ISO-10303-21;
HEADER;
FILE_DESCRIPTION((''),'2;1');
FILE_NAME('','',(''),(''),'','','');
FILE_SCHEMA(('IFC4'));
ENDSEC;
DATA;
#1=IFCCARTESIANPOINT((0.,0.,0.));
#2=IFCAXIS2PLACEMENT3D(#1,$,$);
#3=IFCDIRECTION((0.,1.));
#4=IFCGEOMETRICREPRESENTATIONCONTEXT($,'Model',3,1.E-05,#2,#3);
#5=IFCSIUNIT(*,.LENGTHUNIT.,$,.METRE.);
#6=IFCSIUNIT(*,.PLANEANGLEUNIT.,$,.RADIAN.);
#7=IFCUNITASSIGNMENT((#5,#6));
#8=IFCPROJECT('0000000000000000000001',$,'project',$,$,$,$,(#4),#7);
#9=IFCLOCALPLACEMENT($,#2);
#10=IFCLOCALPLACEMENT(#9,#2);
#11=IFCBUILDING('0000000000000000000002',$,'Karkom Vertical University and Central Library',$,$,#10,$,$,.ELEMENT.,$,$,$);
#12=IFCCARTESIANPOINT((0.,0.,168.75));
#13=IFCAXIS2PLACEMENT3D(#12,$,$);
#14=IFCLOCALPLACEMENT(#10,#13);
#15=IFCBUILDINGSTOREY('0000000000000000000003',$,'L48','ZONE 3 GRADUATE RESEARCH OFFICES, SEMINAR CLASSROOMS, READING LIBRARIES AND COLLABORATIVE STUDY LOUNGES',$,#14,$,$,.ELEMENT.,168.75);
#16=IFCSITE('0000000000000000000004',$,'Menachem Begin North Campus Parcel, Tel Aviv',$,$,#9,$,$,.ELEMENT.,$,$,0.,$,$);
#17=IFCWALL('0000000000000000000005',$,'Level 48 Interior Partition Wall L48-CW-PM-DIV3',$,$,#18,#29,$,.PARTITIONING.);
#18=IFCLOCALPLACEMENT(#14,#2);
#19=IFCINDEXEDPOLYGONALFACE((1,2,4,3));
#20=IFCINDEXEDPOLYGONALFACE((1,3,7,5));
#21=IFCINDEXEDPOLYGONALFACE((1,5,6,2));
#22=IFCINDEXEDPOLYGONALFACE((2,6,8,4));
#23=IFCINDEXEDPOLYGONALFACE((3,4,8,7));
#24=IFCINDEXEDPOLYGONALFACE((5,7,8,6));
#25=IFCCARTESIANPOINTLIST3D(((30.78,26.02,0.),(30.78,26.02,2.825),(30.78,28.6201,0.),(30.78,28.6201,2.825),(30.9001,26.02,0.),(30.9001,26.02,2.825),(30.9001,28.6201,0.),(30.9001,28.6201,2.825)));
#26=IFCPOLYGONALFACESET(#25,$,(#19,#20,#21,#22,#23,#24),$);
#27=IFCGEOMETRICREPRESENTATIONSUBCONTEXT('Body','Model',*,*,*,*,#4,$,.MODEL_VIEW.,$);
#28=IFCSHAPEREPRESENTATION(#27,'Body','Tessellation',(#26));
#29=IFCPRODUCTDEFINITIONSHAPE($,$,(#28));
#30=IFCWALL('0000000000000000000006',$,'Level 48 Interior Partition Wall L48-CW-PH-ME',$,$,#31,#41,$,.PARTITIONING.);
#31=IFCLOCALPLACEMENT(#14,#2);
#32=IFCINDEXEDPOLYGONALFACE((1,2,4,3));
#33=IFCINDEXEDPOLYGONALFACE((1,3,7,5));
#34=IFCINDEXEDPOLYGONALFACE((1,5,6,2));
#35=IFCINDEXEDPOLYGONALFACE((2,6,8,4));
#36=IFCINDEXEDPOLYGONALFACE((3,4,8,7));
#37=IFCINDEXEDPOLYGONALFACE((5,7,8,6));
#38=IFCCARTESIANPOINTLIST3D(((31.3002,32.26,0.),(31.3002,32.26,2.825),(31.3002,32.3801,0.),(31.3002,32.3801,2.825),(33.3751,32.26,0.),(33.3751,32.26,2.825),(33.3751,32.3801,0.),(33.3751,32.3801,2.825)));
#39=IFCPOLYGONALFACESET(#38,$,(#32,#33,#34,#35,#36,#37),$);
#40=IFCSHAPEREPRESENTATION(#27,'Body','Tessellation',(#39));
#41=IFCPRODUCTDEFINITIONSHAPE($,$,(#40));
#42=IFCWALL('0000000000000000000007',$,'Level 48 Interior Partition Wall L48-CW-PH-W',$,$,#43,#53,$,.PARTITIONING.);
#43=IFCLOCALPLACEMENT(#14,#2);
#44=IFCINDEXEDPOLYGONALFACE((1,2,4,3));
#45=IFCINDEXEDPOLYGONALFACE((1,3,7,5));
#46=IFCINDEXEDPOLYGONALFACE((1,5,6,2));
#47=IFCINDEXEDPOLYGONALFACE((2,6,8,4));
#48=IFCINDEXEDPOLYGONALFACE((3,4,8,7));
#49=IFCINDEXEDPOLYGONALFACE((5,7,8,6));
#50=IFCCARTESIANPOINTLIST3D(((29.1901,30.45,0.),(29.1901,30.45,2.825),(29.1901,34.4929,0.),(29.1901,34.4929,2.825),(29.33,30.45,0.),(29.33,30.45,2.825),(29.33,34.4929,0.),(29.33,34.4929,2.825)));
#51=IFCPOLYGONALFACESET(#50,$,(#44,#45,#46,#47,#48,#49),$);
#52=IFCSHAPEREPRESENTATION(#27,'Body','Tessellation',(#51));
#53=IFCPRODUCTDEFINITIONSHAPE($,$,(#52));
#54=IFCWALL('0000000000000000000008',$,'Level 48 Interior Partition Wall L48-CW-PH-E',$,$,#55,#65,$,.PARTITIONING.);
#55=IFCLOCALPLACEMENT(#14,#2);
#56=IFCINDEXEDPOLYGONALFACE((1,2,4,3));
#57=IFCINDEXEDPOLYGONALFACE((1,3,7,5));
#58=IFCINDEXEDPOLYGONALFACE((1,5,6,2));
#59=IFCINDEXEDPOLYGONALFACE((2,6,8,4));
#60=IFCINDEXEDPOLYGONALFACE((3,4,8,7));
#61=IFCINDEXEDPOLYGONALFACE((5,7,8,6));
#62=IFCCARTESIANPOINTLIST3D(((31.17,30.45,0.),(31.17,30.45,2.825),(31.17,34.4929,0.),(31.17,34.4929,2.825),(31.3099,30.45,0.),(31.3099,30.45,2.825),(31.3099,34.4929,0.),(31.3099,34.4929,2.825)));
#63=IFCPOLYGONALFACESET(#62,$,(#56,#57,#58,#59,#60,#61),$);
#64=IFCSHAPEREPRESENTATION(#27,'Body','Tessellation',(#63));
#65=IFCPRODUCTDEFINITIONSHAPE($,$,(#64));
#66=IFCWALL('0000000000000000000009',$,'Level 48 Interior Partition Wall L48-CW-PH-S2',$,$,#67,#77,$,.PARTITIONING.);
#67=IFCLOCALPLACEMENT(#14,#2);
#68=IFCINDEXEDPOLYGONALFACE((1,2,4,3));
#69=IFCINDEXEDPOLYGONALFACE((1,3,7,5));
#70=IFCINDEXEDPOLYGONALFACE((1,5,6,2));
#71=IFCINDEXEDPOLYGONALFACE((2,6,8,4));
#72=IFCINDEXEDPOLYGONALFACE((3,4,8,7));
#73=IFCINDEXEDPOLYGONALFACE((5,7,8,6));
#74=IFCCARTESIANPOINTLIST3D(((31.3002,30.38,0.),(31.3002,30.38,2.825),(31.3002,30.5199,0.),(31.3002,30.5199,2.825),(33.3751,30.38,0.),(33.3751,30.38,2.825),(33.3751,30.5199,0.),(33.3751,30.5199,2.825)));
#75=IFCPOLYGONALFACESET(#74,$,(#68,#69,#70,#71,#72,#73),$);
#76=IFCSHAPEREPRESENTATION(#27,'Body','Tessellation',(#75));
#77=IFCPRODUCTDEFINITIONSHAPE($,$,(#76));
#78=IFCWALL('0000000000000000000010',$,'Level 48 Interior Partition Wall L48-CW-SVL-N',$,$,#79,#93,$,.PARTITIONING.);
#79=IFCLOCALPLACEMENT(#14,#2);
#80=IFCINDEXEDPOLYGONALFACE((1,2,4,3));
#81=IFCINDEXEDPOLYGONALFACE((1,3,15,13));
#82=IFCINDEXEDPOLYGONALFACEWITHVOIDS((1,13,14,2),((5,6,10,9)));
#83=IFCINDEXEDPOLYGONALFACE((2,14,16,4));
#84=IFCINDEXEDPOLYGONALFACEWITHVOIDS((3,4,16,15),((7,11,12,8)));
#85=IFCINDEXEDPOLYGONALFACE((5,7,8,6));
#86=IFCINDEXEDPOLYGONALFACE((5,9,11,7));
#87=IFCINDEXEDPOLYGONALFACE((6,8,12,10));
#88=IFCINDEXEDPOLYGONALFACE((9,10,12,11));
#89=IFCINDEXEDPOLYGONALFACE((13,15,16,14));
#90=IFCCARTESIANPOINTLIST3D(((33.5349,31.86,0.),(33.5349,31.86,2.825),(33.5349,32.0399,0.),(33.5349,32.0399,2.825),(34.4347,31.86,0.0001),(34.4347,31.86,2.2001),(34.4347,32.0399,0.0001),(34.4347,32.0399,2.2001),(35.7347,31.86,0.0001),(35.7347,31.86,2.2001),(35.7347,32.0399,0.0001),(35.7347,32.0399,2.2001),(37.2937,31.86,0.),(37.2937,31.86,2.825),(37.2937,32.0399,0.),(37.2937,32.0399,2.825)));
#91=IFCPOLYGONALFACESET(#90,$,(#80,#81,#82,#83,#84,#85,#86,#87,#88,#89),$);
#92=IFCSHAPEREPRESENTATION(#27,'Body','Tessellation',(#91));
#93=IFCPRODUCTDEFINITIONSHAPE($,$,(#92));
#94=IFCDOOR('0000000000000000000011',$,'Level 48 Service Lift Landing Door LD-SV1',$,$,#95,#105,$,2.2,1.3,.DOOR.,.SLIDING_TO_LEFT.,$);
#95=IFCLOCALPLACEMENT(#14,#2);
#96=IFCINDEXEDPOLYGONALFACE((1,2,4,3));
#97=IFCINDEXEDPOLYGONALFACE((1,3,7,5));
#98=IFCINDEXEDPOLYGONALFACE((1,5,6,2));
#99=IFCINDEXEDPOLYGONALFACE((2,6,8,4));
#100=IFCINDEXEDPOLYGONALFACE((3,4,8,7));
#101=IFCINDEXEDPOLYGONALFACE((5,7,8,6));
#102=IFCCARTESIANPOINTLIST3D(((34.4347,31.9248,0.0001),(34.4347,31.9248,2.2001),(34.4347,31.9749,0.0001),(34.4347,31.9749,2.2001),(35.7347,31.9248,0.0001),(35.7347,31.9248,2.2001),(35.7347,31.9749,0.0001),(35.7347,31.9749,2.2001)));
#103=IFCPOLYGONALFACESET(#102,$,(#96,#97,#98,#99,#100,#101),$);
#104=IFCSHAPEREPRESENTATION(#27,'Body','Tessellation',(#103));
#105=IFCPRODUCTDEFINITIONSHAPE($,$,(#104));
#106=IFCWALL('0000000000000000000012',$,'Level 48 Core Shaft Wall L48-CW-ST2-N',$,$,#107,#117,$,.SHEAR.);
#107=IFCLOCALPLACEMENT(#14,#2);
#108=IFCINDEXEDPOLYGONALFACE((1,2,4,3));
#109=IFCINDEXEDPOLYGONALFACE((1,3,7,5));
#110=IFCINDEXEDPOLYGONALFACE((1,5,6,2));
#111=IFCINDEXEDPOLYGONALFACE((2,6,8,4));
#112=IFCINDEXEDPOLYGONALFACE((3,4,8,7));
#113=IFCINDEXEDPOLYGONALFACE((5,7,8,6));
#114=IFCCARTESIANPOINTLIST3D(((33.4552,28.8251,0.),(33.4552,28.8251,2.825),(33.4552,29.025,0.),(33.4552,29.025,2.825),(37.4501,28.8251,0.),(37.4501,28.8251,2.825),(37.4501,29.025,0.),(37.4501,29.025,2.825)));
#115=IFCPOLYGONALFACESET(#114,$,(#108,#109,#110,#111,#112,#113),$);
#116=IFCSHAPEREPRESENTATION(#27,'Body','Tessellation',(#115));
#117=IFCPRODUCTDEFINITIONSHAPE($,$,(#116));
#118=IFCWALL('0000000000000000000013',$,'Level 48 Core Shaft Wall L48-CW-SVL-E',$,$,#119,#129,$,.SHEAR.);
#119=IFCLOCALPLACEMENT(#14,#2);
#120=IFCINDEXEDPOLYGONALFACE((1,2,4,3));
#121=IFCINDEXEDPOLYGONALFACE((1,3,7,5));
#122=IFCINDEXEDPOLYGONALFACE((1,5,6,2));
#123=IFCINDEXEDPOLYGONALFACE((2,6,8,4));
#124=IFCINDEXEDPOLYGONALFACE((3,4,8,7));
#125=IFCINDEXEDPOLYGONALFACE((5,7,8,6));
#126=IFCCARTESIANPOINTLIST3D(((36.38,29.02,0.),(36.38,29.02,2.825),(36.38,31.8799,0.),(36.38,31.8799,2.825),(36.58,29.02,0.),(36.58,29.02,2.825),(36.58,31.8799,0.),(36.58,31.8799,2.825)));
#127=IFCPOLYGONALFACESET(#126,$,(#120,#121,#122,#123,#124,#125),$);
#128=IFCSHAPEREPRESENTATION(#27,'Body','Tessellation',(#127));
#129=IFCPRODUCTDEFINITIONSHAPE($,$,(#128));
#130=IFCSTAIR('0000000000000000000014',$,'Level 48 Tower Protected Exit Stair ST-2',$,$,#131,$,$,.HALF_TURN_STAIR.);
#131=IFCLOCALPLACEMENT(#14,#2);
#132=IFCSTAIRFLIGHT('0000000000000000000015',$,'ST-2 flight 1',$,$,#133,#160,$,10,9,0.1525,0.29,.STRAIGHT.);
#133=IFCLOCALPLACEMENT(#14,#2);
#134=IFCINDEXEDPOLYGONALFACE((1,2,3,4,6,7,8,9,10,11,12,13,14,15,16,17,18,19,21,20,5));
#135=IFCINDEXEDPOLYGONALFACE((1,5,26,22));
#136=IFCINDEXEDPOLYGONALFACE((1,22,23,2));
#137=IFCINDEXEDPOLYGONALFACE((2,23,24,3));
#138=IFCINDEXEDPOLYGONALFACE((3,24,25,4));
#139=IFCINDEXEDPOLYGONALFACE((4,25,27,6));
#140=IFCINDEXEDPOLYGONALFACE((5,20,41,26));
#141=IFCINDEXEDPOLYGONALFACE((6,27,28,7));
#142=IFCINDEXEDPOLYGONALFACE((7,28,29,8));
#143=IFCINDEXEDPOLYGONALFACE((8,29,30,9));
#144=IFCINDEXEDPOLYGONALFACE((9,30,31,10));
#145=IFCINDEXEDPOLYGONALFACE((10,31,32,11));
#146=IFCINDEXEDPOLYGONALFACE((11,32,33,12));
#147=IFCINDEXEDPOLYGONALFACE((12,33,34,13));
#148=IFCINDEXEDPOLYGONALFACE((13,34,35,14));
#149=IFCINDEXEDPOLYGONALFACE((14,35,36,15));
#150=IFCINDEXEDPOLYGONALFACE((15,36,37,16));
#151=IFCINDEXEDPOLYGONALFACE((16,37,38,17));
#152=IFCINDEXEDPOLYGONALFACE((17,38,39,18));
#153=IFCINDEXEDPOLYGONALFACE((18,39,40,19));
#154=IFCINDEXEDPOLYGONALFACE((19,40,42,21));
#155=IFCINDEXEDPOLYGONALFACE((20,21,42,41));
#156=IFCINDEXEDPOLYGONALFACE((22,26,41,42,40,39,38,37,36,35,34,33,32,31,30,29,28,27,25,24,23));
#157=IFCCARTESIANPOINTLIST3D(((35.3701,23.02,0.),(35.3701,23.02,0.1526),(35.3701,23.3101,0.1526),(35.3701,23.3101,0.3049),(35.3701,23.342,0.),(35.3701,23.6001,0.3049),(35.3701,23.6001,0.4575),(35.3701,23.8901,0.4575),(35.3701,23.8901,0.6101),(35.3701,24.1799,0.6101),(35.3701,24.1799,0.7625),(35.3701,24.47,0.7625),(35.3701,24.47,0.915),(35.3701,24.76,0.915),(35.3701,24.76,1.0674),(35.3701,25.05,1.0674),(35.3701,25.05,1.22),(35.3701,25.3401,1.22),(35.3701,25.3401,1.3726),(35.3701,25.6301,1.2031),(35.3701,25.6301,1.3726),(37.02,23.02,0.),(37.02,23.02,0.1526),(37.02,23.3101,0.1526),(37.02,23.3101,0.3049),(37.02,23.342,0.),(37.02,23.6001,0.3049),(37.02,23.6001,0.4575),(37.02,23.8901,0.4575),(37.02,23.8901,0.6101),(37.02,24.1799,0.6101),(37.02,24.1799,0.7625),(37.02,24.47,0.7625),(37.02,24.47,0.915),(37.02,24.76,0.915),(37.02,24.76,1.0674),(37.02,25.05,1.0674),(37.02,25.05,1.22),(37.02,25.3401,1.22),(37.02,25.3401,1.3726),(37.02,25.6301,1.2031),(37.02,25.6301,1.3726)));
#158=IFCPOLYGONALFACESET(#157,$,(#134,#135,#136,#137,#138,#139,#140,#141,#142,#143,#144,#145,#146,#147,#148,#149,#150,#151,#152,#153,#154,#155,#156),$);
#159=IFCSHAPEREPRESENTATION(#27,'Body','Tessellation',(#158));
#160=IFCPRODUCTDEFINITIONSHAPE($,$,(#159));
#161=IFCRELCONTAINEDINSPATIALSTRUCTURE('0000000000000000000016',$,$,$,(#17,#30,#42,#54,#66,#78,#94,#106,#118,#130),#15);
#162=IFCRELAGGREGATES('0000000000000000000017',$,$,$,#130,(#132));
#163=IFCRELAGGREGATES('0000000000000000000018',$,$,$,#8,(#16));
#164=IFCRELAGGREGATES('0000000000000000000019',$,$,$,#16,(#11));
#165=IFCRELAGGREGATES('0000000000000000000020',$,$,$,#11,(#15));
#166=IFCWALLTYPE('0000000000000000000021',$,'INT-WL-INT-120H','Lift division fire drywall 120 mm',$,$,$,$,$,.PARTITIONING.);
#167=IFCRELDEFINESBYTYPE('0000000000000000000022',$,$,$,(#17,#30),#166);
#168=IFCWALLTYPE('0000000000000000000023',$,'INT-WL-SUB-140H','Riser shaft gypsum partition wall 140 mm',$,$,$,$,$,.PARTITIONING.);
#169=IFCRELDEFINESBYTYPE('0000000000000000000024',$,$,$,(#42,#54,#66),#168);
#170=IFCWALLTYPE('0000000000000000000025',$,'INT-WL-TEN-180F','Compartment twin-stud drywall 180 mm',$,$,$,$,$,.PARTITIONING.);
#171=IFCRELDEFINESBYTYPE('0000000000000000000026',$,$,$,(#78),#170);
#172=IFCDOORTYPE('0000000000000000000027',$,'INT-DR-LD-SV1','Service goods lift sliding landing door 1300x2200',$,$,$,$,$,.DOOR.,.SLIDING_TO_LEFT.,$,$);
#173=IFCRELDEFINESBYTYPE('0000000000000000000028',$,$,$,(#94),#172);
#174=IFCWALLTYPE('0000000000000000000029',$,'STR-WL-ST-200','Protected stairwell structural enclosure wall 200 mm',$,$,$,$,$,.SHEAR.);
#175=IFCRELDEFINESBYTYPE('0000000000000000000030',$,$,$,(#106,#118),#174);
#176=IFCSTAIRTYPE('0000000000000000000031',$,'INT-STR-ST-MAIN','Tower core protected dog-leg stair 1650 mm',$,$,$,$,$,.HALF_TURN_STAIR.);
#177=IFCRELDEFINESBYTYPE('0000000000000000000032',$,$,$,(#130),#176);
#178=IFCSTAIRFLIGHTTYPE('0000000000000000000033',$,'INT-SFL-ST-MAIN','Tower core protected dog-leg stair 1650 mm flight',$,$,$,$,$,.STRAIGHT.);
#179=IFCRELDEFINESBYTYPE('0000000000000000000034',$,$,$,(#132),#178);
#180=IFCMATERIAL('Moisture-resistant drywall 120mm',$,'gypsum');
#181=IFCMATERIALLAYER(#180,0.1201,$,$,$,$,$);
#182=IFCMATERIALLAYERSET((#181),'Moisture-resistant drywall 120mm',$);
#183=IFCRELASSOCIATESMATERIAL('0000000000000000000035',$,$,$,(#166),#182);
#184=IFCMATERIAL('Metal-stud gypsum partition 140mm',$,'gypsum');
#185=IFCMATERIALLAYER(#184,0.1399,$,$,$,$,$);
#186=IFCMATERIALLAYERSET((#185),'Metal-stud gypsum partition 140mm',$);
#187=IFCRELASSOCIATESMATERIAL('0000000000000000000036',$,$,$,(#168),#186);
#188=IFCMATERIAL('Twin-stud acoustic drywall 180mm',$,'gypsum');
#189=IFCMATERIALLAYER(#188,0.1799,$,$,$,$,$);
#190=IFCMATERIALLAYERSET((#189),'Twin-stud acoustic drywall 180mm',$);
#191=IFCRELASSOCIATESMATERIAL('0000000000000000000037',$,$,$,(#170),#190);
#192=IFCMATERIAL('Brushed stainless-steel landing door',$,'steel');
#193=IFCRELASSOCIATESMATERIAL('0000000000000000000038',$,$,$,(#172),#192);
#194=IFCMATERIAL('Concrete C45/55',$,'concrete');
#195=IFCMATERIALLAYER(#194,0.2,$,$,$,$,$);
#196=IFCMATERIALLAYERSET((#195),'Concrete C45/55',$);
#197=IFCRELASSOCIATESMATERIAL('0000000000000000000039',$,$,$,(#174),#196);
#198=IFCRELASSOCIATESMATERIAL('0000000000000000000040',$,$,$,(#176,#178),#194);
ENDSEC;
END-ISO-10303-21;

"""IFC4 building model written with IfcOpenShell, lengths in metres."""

from ifc_helpers import new_model, si_unit, direction, frame, frame_2d, origin, origin_with_axes, place, context, subcontext, project, spatial, polyline, rectangle, outline, extrude, source, transform, mapped, material, layer, layer_set, type_object, element, fill, aggregate, save


model = new_model("IFC4")

# Units and contexts
model_context = context("Model", 3, precision=1e-05, world=origin(), true_north=direction((0.0, 1.0)))
body_context = subcontext(model_context, "Body", "Model", "MODEL_VIEW")
ifc_project = project(units=[si_unit("LENGTHUNIT", "METRE"), si_unit("PLANEANGLEUNIT", "RADIAN")], contexts=[model_context])

# Site, building, storey
site_placement = place(None, origin())
site = spatial("IfcSite", under=ifc_project, at=site_placement, Name="Menachem Begin North Campus Parcel, Tel Aviv", CompositionType="ELEMENT", RefElevation=0.0)
building_placement = place(site_placement, origin())
building = spatial("IfcBuilding", under=site, at=building_placement, Name="Karkom Vertical University and Central Library", CompositionType="ELEMENT")
storey_placement = place(building_placement, frame((0.0, 0.0, 168.75)))
storey = spatial("IfcBuildingStorey", under=building, at=storey_placement, Name="L48", Description="ZONE 3 GRADUATE RESEARCH OFFICES, SEMINAR CLASSROOMS, READING LIBRARIES AND COLLABORATIVE STUDY LOUNGES", CompositionType="ELEMENT", Elevation=168.75)

# Walls
ifc_material_1 = material(Name="Moisture-resistant drywall 120mm", Category="gypsum")
ifc_layer_1 = layer(ifc_material_1, 0.1201)
ifc_layer_set_1 = layer_set([ifc_layer_1], Name="Moisture-resistant drywall 120mm")
wall_type_1 = type_object("IfcWallType", Name="INT-WL-INT-120H", Description="Lift division fire drywall 120 mm", PredefinedType="PARTITIONING", material=ifc_layer_set_1)
for number, where, z_axis, x_axis, name in (
    (1, (30.8401, 26.02, 0.0), (0.0, 0.0, 1.0), (0.0, 1.0, 0.0), "Level 48 Interior Partition Wall L48-CW-PM-DIV3"),
):
    element("IfcWall", number, at=place(storey_placement, frame(where, z_axis=z_axis, x_axis=x_axis)), inside=storey, type_object=wall_type_1, Name=name, PredefinedType="PARTITIONING", context=body_context, shape_type="SweptSolid", body=[
        extrude(rectangle(XDim=2.6001, YDim=0.1201, at=frame_2d((1.3, 0.0))), origin(), (0.0, 0.0, 1.0), 2.825),
    ])
wall_1_placement = place(storey_placement, frame((31.3, 32.3201, 0.0), z_axis=(0.0, 0.0, 1.0), x_axis=(1.0, 0.0, 0.0)))
element("IfcWall", 2, at=wall_1_placement, inside=storey, type_object=wall_type_1, Name="Level 48 Interior Partition Wall L48-CW-PH-ME", PredefinedType="PARTITIONING", context=body_context, shape_type="SweptSolid", body=[
    extrude(rectangle(XDim=2.075, YDim=0.1201, at=frame_2d((1.0376, 0.0))), origin(), (0.0, 0.0, 1.0), 2.825),
])
ifc_material_2 = material(Name="Metal-stud gypsum partition 140mm", Category="gypsum")
ifc_layer_2 = layer(ifc_material_2, 0.1399)
ifc_layer_set_2 = layer_set([ifc_layer_2], Name="Metal-stud gypsum partition 140mm")
wall_type_2 = type_object("IfcWallType", Name="INT-WL-SUB-140H", Description="Riser shaft gypsum partition wall 140 mm", PredefinedType="PARTITIONING", material=ifc_layer_set_2)
for number, where, z_axis, x_axis, name in (
    (3, (29.26, 30.45, 0.0), (0.0, 0.0, 1.0), (0.0, 1.0, 0.0), "Level 48 Interior Partition Wall L48-CW-PH-W"),
    (4, (31.24, 30.45, 0.0), (0.0, 0.0, 1.0), (0.0, 1.0, 0.0), "Level 48 Interior Partition Wall L48-CW-PH-E"),
):
    element("IfcWall", number, at=place(storey_placement, frame(where, z_axis=z_axis, x_axis=x_axis)), inside=storey, type_object=wall_type_2, Name=name, PredefinedType="PARTITIONING", context=body_context, shape_type="SweptSolid", body=[
        extrude(rectangle(XDim=4.043, YDim=0.1399, at=frame_2d((2.0215, 0.0))), origin(), (0.0, 0.0, 1.0), 2.825),
    ])
wall_2_placement = place(storey_placement, frame((31.3, 30.45, 0.0), z_axis=(0.0, 0.0, 1.0), x_axis=(1.0, 0.0, 0.0)))
element("IfcWall", 5, at=wall_2_placement, inside=storey, type_object=wall_type_2, Name="Level 48 Interior Partition Wall L48-CW-PH-S2", PredefinedType="PARTITIONING", context=body_context, shape_type="SweptSolid", body=[
    extrude(rectangle(XDim=2.075, YDim=0.1399, at=frame_2d((1.0376, 0.0))), origin(), (0.0, 0.0, 1.0), 2.825),
])

# Wall, opening, door
ifc_material_3 = material(Name="Twin-stud acoustic drywall 180mm", Category="gypsum")
ifc_layer_3 = layer(ifc_material_3, 0.1799)
ifc_layer_set_3 = layer_set([ifc_layer_3], Name="Twin-stud acoustic drywall 180mm")
wall_type_3 = type_object("IfcWallType", Name="INT-WL-TEN-180F", Description="Compartment twin-stud drywall 180 mm", PredefinedType="PARTITIONING", material=ifc_layer_set_3)
wall_3_placement = place(storey_placement, frame((33.5349, 31.95, 0.0), z_axis=(0.0, 0.0, 1.0), x_axis=(1.0, 0.0, 0.0)))
wall_3 = element("IfcWall", 6, at=wall_3_placement, inside=storey, type_object=wall_type_3, Name="Level 48 Interior Partition Wall L48-CW-SVL-N", PredefinedType="PARTITIONING", context=body_context, shape_type="SweptSolid", body=[
    extrude(rectangle(XDim=3.7588, YDim=0.1799, at=frame_2d((1.8794, 0.0))), origin(), (0.0, 0.0, 1.0), 2.825),
])
opening_1_placement = place(wall_3_placement, frame((0.8999, 0.0, 0.0)))
opening_1 = element("IfcOpeningElement", 7, at=opening_1_placement, cuts=wall_3, PredefinedType="OPENING", context=body_context, shape_type="SweptSolid", body=[
    extrude(rectangle(XDim=1.3, YDim=2.2, at=frame_2d((0.6499, 1.1001))), frame((0.0, 0.1001, 0.0), z_axis=(0.0, -1.0, 0.0), x_axis=(1.0, 0.0, 0.0)), (0.0, 0.0, 1.0), 0.2),
])
ifc_material_4 = material(Name="Brushed stainless-steel landing door", Category="steel")
door_type_1 = type_object("IfcDoorType", Name="INT-DR-LD-SV1", Description="Service goods lift sliding landing door 1300x2200", OperationType="SLIDING_TO_LEFT", PredefinedType="DOOR", material=ifc_material_4)
shared_shape_1 = source(origin_with_axes(), body_context, "Body", "SweptSolid", [
    extrude(rectangle(XDim=1.3, YDim=2.2, at=frame_2d((0.6499, 1.1001))), frame((0.0, 0.0249, 0.0), z_axis=(0.0, -1.0, 0.0), x_axis=(1.0, 0.0, 0.0)), (0.0, 0.0, 1.0), 0.05),
])
door_1_placement = place(opening_1_placement, origin())
door_1 = element("IfcDoor", 8, at=door_1_placement, inside=storey, type_object=door_type_1, Name="Level 48 Service Lift Landing Door LD-SV1", OperationType="SLIDING_TO_LEFT", OverallHeight=2.2, OverallWidth=1.3, PredefinedType="DOOR", context=body_context, shape_type="MappedRepresentation", body=[
    mapped(shared_shape_1, transform((0.0, 0.0, 0.0), scale=1.0)),
])
fill(opening_1, door_1)

# Walls
ifc_material_5 = material(Name="Concrete C45/55", Category="concrete")
ifc_layer_4 = layer(ifc_material_5, 0.2)
ifc_layer_set_4 = layer_set([ifc_layer_4], Name="Concrete C45/55")
wall_type_4 = type_object("IfcWallType", Name="STR-WL-ST-200", Description="Protected stairwell structural enclosure wall 200 mm", PredefinedType="SHEAR", material=ifc_layer_set_4)
wall_4_placement = place(storey_placement, frame((33.4551, 28.925, 0.0), z_axis=(0.0, 0.0, 1.0), x_axis=(1.0, 0.0, 0.0)))
element("IfcWall", 9, at=wall_4_placement, inside=storey, type_object=wall_type_4, Name="Level 48 Core Shaft Wall L48-CW-ST2-N", PredefinedType="SHEAR", context=body_context, shape_type="SweptSolid", body=[
    extrude(rectangle(XDim=3.9949, YDim=0.2, at=frame_2d((1.9976, 0.0))), origin(), (0.0, 0.0, 1.0), 2.825),
])
wall_5_placement = place(storey_placement, frame((36.48, 29.02, 0.0), z_axis=(0.0, 0.0, 1.0), x_axis=(0.0, 1.0, 0.0)))
element("IfcWall", 10, at=wall_5_placement, inside=storey, type_object=wall_type_4, Name="Level 48 Core Shaft Wall L48-CW-SVL-E", PredefinedType="SHEAR", context=body_context, shape_type="SweptSolid", body=[
    extrude(rectangle(XDim=2.8599, YDim=0.2, at=frame_2d((1.4299, 0.0))), origin(), (0.0, 0.0, 1.0), 2.825),
])

# Stair, stair flight
stair_type = type_object("IfcStairType", Name="INT-STR-ST-MAIN", Description="Tower core protected dog-leg stair 1650 mm", PredefinedType="HALF_TURN_STAIR", material=ifc_material_5)
stair_placement = place(storey_placement, origin())
stair = element("IfcStair", 11, at=stair_placement, inside=storey, type_object=stair_type, Name="Level 48 Tower Protected Exit Stair ST-2", PredefinedType="HALF_TURN_STAIR")
stair_flight_type = type_object("IfcStairFlightType", Name="INT-SFL-ST-MAIN", Description="Tower core protected dog-leg stair 1650 mm flight", PredefinedType="STRAIGHT", material=ifc_material_5)
stair_flight_1_placement = place(storey_placement, frame((36.1951, 23.02, 0.0), z_axis=(0.0, 0.0, 1.0), x_axis=(0.0, 1.0, 0.0)))
stair_flight_1 = element("IfcStairFlight", 12, at=stair_flight_1_placement, type_object=stair_flight_type, Name="ST-2 flight 1", NumberOfRisers=10, NumberOfTreads=9, PredefinedType="STRAIGHT", RiserHeight=0.1525, TreadLength=0.29, context=body_context, shape_type="SweptSolid", body=[
    extrude(outline(polyline([(0.0, 0.0), (0.0, 0.1526), (0.29, 0.1526), (0.29, 0.3049), (0.5801, 0.3049), (0.5801, 0.4575), (0.8701, 0.4575), (0.8701, 0.6101), (1.1599, 0.6101), (1.1599, 0.7625), (1.45, 0.7625), (1.45, 0.915), (1.74, 0.915), (1.74, 1.0674), (2.03, 1.0674), (2.03, 1.22), (2.3201, 1.22), (2.3201, 1.3726), (2.6101, 1.3726), (2.6101, 1.5249), (2.6101, 1.2031), (0.322, 0.0), (0.0, 0.0)])), frame((0.0, 0.825, 0.0), z_axis=(0.0, -1.0, 0.0), x_axis=(1.0, 0.0, 0.0)), (0.0, 0.0, 1.0), 1.6499),
])
aggregate(stair, [stair_flight_1])

save(model, "model.ifc")
